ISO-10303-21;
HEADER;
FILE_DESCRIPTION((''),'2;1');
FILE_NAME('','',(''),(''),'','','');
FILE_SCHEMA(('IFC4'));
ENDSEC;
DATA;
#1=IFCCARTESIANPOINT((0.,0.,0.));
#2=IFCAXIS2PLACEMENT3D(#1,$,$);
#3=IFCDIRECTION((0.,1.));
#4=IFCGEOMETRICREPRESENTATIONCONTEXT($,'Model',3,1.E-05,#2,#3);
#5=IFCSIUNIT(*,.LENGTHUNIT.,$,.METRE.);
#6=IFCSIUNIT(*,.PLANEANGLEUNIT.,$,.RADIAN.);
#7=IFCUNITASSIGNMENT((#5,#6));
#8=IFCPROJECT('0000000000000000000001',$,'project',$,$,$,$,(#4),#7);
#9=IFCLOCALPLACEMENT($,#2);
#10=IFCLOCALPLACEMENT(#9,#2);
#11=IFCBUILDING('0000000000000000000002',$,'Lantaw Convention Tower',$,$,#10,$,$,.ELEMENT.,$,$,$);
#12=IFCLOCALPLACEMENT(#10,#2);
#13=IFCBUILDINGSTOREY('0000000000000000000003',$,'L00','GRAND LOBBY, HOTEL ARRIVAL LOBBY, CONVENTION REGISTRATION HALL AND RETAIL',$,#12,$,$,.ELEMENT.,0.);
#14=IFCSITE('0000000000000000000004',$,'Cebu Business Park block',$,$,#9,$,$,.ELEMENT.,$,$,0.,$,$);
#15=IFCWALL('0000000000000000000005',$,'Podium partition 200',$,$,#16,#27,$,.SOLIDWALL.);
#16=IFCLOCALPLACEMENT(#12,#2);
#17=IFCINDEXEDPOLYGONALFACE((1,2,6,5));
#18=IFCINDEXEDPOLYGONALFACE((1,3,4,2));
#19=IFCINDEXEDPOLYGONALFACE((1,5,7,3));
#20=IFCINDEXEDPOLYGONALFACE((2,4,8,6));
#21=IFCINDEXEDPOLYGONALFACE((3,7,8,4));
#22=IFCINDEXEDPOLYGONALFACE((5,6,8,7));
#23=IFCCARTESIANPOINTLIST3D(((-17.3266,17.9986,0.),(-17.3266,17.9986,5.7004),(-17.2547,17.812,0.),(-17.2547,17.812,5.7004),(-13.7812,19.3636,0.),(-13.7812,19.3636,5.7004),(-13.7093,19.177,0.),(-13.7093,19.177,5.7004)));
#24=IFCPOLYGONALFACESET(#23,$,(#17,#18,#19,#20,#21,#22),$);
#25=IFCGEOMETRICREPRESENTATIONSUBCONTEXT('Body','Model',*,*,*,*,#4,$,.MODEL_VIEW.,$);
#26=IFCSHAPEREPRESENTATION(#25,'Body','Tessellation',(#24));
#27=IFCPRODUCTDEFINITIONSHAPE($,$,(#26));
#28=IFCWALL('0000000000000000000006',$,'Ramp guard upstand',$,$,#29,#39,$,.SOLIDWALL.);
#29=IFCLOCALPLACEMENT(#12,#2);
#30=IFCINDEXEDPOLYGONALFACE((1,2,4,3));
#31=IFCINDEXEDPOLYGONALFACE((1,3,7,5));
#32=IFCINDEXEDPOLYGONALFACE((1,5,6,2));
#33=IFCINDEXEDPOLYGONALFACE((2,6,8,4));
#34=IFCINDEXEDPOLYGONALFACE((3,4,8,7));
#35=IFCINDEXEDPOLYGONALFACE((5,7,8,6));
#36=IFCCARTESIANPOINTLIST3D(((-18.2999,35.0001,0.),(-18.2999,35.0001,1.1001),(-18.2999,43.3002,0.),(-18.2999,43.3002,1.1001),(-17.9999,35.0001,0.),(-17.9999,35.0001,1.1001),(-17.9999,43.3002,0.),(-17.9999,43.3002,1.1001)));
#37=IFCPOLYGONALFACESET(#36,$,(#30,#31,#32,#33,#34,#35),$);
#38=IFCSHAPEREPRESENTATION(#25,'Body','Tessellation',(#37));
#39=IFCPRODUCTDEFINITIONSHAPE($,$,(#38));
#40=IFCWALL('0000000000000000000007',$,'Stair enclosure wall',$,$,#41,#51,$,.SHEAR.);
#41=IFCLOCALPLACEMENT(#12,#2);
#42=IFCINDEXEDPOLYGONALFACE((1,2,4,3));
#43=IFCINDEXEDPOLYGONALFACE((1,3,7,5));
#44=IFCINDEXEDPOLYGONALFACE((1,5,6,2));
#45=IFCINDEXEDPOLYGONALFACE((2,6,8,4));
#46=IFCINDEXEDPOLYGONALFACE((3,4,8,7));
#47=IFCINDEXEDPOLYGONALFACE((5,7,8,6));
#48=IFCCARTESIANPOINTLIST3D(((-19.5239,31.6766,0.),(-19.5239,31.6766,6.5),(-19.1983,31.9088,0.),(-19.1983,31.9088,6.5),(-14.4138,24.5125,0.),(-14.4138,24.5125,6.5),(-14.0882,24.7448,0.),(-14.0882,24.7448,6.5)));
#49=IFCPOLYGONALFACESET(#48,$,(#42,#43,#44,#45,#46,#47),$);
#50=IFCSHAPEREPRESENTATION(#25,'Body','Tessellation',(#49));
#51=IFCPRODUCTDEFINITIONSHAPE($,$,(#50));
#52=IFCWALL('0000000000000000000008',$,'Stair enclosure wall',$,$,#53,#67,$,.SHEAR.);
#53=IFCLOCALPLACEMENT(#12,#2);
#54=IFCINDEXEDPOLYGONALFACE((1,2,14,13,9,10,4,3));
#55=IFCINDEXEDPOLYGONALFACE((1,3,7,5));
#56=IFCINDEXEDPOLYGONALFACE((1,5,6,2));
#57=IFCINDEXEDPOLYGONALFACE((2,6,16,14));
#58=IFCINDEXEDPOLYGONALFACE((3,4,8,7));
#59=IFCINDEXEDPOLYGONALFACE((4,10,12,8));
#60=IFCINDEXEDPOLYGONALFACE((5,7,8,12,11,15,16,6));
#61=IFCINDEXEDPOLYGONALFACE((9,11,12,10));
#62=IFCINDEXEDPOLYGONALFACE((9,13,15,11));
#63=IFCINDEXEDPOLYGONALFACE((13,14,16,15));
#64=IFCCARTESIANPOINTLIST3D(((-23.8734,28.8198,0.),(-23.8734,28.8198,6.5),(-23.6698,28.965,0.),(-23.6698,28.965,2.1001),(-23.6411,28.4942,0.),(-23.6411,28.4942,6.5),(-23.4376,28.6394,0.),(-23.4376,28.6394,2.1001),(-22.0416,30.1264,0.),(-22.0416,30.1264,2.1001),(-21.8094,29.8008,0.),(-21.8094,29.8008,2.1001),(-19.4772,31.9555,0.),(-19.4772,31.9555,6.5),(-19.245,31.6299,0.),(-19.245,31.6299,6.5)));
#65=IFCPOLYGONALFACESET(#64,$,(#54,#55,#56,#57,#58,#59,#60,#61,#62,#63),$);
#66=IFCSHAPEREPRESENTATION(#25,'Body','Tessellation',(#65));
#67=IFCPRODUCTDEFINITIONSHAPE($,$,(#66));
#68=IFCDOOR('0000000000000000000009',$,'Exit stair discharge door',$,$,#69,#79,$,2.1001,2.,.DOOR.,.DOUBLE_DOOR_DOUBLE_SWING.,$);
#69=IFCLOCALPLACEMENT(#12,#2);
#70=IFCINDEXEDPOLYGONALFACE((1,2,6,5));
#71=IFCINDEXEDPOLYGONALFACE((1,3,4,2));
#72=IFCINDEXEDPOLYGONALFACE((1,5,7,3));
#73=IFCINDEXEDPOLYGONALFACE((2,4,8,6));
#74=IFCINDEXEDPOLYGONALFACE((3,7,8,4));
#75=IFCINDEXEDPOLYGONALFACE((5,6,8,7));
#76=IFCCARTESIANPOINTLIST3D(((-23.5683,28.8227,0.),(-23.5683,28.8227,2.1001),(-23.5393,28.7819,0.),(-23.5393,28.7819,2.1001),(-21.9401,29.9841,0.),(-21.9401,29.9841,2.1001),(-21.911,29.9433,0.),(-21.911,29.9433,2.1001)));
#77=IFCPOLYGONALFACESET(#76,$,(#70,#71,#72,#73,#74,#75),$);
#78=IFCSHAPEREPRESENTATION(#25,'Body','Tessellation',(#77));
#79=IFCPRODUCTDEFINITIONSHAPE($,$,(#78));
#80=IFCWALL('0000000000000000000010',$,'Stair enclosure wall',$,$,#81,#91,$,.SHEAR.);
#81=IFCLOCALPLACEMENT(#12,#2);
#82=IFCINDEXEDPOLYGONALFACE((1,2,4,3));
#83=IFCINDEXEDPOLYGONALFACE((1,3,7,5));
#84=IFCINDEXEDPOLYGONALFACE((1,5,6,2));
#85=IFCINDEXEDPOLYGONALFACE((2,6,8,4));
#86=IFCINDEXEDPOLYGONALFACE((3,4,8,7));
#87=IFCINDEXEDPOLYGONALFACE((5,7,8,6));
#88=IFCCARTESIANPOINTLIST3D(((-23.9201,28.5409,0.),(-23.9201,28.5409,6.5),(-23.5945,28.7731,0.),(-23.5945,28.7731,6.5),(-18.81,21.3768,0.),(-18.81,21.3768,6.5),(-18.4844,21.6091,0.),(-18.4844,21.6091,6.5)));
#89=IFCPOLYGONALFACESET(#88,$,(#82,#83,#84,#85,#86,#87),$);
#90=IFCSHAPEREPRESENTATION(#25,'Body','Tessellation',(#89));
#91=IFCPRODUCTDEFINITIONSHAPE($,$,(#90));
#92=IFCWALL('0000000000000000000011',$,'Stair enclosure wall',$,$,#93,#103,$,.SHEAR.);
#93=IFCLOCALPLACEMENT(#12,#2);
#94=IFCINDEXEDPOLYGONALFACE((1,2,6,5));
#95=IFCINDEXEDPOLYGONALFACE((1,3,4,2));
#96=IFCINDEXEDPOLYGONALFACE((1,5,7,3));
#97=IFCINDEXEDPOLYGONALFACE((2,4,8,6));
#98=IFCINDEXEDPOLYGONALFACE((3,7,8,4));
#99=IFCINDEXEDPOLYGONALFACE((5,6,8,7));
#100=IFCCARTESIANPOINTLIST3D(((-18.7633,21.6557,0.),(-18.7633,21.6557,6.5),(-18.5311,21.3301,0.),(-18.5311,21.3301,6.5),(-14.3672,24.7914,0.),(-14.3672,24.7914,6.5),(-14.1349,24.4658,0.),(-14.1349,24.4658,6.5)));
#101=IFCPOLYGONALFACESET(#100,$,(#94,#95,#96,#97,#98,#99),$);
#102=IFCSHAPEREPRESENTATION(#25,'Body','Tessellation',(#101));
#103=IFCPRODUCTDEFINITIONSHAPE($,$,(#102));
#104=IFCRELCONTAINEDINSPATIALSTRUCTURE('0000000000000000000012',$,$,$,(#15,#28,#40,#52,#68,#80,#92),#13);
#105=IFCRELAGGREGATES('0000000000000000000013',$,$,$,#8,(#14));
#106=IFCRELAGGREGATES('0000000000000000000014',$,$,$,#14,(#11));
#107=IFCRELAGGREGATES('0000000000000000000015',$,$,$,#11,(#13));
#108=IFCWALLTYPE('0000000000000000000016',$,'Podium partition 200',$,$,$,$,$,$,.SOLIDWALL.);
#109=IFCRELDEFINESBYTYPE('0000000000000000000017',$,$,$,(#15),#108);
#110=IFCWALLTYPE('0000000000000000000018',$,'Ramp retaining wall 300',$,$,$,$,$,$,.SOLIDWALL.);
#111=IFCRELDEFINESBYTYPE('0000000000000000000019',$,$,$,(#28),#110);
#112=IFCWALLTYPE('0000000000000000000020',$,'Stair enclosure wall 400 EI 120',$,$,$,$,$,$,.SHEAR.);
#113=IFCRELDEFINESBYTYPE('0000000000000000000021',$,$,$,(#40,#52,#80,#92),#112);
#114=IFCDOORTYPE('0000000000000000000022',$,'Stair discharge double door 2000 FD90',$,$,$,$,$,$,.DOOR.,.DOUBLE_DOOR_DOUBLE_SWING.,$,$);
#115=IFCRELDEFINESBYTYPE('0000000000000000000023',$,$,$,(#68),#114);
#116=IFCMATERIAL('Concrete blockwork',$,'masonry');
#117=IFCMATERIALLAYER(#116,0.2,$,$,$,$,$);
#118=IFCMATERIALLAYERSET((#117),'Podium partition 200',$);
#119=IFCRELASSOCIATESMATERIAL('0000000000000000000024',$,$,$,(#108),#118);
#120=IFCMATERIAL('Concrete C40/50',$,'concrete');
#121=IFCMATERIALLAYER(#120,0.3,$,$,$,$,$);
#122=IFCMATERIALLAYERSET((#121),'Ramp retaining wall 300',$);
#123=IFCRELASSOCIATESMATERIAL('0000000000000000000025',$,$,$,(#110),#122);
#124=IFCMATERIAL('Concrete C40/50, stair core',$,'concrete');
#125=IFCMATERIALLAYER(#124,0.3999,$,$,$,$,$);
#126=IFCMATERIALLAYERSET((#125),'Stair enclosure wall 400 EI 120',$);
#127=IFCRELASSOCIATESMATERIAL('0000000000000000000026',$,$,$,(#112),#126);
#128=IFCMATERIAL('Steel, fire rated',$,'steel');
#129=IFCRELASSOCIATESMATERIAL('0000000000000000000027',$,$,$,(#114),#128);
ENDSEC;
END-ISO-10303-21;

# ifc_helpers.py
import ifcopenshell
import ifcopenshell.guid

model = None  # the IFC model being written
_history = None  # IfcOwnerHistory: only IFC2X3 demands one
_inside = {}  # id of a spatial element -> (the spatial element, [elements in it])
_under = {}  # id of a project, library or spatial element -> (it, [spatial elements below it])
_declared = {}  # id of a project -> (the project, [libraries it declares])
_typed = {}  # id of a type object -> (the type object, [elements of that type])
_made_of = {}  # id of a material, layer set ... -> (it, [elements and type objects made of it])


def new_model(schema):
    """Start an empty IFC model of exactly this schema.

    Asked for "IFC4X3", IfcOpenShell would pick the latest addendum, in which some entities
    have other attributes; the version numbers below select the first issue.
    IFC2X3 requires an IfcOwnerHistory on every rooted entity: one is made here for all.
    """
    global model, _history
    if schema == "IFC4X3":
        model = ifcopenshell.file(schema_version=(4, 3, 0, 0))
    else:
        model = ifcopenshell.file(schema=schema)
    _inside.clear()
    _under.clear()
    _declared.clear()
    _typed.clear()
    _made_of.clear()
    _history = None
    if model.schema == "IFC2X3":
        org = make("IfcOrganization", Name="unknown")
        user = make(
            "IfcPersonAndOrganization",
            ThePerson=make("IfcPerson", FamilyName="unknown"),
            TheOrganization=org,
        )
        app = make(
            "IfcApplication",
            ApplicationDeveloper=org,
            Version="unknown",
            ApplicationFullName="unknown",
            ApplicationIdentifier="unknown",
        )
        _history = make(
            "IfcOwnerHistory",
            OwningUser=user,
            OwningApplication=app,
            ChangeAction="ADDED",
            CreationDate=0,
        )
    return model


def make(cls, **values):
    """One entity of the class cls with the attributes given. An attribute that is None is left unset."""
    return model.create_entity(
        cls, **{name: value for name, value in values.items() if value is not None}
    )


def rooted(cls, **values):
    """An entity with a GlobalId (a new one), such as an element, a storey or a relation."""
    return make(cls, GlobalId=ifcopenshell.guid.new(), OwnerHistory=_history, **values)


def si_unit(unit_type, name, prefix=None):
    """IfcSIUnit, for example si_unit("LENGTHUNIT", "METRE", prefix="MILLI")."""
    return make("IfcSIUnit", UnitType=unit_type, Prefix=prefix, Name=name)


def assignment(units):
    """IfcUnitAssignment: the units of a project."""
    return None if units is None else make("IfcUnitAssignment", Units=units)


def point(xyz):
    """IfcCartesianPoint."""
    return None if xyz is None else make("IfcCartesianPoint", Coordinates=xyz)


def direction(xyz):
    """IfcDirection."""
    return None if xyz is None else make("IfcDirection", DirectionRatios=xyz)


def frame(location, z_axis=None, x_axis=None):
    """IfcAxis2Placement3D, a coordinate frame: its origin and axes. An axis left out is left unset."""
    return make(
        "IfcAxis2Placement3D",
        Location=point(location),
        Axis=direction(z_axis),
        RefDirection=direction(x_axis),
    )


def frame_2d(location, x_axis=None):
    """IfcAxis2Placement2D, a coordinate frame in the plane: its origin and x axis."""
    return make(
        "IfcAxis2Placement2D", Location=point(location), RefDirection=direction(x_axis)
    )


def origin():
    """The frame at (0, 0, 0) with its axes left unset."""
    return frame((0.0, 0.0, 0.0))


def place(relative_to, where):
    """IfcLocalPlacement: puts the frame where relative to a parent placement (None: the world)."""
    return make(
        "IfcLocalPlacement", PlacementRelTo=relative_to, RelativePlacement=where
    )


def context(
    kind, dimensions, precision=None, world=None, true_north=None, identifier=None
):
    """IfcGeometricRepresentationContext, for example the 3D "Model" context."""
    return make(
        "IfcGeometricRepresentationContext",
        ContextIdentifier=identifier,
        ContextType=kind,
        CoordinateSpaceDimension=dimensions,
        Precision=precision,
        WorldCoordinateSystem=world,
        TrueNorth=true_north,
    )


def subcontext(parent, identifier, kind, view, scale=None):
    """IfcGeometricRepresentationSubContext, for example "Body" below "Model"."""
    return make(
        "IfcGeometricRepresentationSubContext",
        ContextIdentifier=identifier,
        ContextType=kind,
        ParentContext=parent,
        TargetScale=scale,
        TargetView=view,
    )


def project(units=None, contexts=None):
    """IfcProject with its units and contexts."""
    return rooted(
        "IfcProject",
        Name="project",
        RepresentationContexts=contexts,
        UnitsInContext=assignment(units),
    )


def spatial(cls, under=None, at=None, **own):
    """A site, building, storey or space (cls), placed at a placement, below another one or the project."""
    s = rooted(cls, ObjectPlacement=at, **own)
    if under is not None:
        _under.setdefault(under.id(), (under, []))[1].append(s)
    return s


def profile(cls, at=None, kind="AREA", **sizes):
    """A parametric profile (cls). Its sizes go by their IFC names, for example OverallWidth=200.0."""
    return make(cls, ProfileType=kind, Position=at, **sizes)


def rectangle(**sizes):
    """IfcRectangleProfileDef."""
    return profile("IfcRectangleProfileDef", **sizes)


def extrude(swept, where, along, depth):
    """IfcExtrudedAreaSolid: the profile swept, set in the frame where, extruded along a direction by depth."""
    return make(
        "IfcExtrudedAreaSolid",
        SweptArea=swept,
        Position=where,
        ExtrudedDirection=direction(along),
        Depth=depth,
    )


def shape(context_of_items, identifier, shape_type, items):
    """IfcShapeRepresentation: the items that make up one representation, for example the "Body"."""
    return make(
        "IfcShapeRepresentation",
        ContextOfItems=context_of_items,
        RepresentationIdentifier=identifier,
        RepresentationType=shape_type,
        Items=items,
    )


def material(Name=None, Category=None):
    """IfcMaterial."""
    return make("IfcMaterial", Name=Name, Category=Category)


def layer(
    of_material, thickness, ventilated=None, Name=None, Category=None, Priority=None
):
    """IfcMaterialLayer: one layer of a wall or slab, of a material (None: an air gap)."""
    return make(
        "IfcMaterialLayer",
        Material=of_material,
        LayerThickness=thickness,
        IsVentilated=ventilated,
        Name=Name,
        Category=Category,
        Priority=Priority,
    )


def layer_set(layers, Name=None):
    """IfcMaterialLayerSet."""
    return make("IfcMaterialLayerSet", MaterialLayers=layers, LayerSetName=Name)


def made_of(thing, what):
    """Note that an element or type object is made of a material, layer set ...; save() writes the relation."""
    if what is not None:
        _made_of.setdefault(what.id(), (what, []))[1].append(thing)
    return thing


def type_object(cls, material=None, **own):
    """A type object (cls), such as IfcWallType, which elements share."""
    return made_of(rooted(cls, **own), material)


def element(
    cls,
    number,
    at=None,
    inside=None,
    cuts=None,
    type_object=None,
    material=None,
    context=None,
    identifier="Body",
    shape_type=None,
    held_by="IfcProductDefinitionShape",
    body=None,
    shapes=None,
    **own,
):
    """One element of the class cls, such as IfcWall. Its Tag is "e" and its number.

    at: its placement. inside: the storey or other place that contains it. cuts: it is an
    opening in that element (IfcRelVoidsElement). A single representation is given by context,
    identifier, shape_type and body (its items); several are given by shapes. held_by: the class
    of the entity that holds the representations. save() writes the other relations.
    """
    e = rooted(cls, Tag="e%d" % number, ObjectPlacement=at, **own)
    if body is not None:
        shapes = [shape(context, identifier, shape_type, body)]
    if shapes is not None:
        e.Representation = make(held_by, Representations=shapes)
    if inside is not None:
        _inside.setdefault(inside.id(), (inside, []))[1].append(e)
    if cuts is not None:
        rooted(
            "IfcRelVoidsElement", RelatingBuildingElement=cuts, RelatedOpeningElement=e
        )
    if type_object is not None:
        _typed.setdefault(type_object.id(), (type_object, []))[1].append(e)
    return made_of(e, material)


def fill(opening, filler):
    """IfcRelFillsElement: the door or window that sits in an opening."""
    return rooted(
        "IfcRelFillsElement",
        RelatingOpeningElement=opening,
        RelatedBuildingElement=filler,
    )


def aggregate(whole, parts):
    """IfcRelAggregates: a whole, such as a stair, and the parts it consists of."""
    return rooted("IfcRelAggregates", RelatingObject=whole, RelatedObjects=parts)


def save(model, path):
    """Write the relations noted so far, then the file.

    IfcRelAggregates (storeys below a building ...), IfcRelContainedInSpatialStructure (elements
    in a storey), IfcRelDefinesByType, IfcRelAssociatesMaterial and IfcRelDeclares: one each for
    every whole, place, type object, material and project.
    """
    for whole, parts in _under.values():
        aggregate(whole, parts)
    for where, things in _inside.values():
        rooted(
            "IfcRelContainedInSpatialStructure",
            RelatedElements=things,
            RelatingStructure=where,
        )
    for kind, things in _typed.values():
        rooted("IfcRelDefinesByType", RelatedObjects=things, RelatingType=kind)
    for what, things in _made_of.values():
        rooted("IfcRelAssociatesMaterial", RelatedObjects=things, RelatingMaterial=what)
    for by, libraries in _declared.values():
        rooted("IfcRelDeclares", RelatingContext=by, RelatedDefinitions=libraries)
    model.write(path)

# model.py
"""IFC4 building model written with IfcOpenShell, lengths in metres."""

from ifc_helpers import new_model, si_unit, direction, frame, frame_2d, origin, place, context, subcontext, project, spatial, rectangle, extrude, material, layer, layer_set, type_object, element, fill, save


model = new_model("IFC4")

# Units and contexts
model_context = context("Model", 3, precision=1e-05, world=origin(), true_north=direction((0.0, 1.0)))
body_context = subcontext(model_context, "Body", "Model", "MODEL_VIEW")
ifc_project = project(units=[si_unit("LENGTHUNIT", "METRE"), si_unit("PLANEANGLEUNIT", "RADIAN")], contexts=[model_context])

# Site, building, storey
site_placement = place(None, origin())
site = spatial("IfcSite", under=ifc_project, at=site_placement, Name="Cebu Business Park block", CompositionType="ELEMENT", RefElevation=0.0)
building_placement = place(site_placement, origin())
building = spatial("IfcBuilding", under=site, at=building_placement, Name="Lantaw Convention Tower", CompositionType="ELEMENT")
storey_placement = place(building_placement, origin())
storey = spatial("IfcBuildingStorey", under=building, at=storey_placement, Name="L00", Description="GRAND LOBBY, HOTEL ARRIVAL LOBBY, CONVENTION REGISTRATION HALL AND RETAIL", CompositionType="ELEMENT", Elevation=0.0)

# Walls
ifc_material_1 = material(Name="Concrete blockwork", Category="masonry")
ifc_layer_1 = layer(ifc_material_1, 0.2)
ifc_layer_set_1 = layer_set([ifc_layer_1], Name="Podium partition 200")
wall_type_1 = type_object("IfcWallType", Name="Podium partition 200", PredefinedType="SOLIDWALL", material=ifc_layer_set_1)
wall_1_placement = place(storey_placement, frame((-13.7454, 19.2703, 0.0), z_axis=(0.0, 0.0, 1.0), x_axis=(-0.933225, -0.359293, 0.0)))
element("IfcWall", 1, at=wall_1_placement, inside=storey, type_object=wall_type_1, Name="Podium partition 200", PredefinedType="SOLIDWALL", context=body_context, shape_type="SweptSolid", body=[
    extrude(rectangle(XDim=3.7991, YDim=0.2, at=frame_2d((1.8994, 0.0))), origin(), (0.0, 0.0, 1.0), 5.7004),
])
ifc_material_2 = material(Name="Concrete C40/50", Category="concrete")
ifc_layer_2 = layer(ifc_material_2, 0.3)
ifc_layer_set_2 = layer_set([ifc_layer_2], Name="Ramp retaining wall 300")
wall_type_2 = type_object("IfcWallType", Name="Ramp retaining wall 300", PredefinedType="SOLIDWALL", material=ifc_layer_set_2)
wall_2_placement = place(storey_placement, frame((-18.1499, 43.3, 0.0), z_axis=(0.0, 0.0, 1.0), x_axis=(0.0, -1.0, 0.0)))
element("IfcWall", 2, at=wall_2_placement, inside=storey, type_object=wall_type_2, Name="Ramp guard upstand", PredefinedType="SOLIDWALL", context=body_context, shape_type="SweptSolid", body=[
    extrude(rectangle(XDim=8.3, YDim=0.3, at=frame_2d((4.1499, 0.0))), origin(), (0.0, 0.0, 1.0), 1.1001),
])
ifc_material_3 = material(Name="Concrete C40/50, stair core", Category="concrete")
ifc_layer_3 = layer(ifc_material_3, 0.3999)
ifc_layer_set_3 = layer_set([ifc_layer_3], Name="Stair enclosure wall 400 EI 120")
wall_type_3 = type_object("IfcWallType", Name="Stair enclosure wall 400 EI 120", PredefinedType="SHEAR", material=ifc_layer_set_3)
wall_3_placement = place(storey_placement, frame((-14.251, 24.6287, 0.0), z_axis=(0.0, 0.0, 1.0), x_axis=(-0.580705, 0.814114, 0.0)))
element("IfcWall", 3, at=wall_3_placement, inside=storey, type_object=wall_type_3, Name="Stair enclosure wall", PredefinedType="SHEAR", context=body_context, shape_type="SweptSolid", body=[
    extrude(rectangle(XDim=8.7998, YDim=0.3999, at=frame_2d((4.3999, 0.0))), origin(), (0.0, 0.0, 1.0), 6.5),
])

# Wall, opening, door
wall_4_placement = place(storey_placement, frame((-19.3611, 31.7927, 0.0), z_axis=(0.0, 0.0, 1.0), x_axis=(-0.814121, -0.580695, 0.0)))
wall_4 = element("IfcWall", 4, at=wall_4_placement, inside=storey, type_object=wall_type_3, Name="Stair enclosure wall", PredefinedType="SHEAR", context=body_context, shape_type="SweptSolid", body=[
    extrude(rectangle(XDim=5.3999, YDim=0.3999, at=frame_2d((2.7, 0.0))), origin(), (0.0, 0.0, 1.0), 6.5),
])
opening_1_placement = place(wall_4_placement, frame((3.1499, 0.0, 0.0)))
opening_1 = element("IfcOpeningElement", 5, at=opening_1_placement, cuts=wall_4, PredefinedType="OPENING", context=body_context, shape_type="SweptSolid", body=[
    extrude(rectangle(XDim=2.0, YDim=2.1001, at=frame_2d((1.0, 1.05))), frame((0.0, 0.21, 0.0), z_axis=(0.0, -1.0, 0.0), x_axis=(1.0, 0.0, 0.0)), (0.0, 0.0, 1.0), 0.4199),
])
ifc_material_4 = material(Name="Steel, fire rated", Category="steel")
door_type_1 = type_object("IfcDoorType", Name="Stair discharge double door 2000 FD90", OperationType="DOUBLE_DOOR_DOUBLE_SWING", PredefinedType="DOOR", material=ifc_material_4)
door_1_placement = place(opening_1_placement, origin())
door_1 = element("IfcDoor", 6, at=door_1_placement, inside=storey, type_object=door_type_1, Name="Exit stair discharge door", OperationType="DOUBLE_DOOR_DOUBLE_SWING", OverallHeight=2.1001, OverallWidth=2.0, PredefinedType="DOOR", context=body_context, shape_type="SweptSolid", body=[
    extrude(rectangle(XDim=2.0, YDim=2.1001, at=frame_2d((1.0, 1.05))), frame((0.0, 0.0249, 0.0), z_axis=(0.0, -1.0, 0.0), x_axis=(1.0, 0.0, 0.0)), (0.0, 0.0, 1.0), 0.05),
])
fill(opening_1, door_1)

# Walls
wall_5_placement = place(storey_placement, frame((-23.7573, 28.657, 0.0), z_axis=(0.0, 0.0, 1.0), x_axis=(0.580705, -0.814114, 0.0)))
element("IfcWall", 7, at=wall_5_placement, inside=storey, type_object=wall_type_3, Name="Stair enclosure wall", PredefinedType="SHEAR", context=body_context, shape_type="SweptSolid", body=[
    extrude(rectangle(XDim=8.7998, YDim=0.3999, at=frame_2d((4.3999, 0.0))), origin(), (0.0, 0.0, 1.0), 6.5),
])
wall_6_placement = place(storey_placement, frame((-18.6472, 21.4929, 0.0), z_axis=(0.0, 0.0, 1.0), x_axis=(0.814121, 0.580695, 0.0)))
element("IfcWall", 8, at=wall_6_placement, inside=storey, type_object=wall_type_3, Name="Stair enclosure wall", PredefinedType="SHEAR", context=body_context, shape_type="SweptSolid", body=[
    extrude(rectangle(XDim=5.3999, YDim=0.3999, at=frame_2d((2.7, 0.0))), origin(), (0.0, 0.0, 1.0), 6.5),
])

save(model, "model.ifc")
